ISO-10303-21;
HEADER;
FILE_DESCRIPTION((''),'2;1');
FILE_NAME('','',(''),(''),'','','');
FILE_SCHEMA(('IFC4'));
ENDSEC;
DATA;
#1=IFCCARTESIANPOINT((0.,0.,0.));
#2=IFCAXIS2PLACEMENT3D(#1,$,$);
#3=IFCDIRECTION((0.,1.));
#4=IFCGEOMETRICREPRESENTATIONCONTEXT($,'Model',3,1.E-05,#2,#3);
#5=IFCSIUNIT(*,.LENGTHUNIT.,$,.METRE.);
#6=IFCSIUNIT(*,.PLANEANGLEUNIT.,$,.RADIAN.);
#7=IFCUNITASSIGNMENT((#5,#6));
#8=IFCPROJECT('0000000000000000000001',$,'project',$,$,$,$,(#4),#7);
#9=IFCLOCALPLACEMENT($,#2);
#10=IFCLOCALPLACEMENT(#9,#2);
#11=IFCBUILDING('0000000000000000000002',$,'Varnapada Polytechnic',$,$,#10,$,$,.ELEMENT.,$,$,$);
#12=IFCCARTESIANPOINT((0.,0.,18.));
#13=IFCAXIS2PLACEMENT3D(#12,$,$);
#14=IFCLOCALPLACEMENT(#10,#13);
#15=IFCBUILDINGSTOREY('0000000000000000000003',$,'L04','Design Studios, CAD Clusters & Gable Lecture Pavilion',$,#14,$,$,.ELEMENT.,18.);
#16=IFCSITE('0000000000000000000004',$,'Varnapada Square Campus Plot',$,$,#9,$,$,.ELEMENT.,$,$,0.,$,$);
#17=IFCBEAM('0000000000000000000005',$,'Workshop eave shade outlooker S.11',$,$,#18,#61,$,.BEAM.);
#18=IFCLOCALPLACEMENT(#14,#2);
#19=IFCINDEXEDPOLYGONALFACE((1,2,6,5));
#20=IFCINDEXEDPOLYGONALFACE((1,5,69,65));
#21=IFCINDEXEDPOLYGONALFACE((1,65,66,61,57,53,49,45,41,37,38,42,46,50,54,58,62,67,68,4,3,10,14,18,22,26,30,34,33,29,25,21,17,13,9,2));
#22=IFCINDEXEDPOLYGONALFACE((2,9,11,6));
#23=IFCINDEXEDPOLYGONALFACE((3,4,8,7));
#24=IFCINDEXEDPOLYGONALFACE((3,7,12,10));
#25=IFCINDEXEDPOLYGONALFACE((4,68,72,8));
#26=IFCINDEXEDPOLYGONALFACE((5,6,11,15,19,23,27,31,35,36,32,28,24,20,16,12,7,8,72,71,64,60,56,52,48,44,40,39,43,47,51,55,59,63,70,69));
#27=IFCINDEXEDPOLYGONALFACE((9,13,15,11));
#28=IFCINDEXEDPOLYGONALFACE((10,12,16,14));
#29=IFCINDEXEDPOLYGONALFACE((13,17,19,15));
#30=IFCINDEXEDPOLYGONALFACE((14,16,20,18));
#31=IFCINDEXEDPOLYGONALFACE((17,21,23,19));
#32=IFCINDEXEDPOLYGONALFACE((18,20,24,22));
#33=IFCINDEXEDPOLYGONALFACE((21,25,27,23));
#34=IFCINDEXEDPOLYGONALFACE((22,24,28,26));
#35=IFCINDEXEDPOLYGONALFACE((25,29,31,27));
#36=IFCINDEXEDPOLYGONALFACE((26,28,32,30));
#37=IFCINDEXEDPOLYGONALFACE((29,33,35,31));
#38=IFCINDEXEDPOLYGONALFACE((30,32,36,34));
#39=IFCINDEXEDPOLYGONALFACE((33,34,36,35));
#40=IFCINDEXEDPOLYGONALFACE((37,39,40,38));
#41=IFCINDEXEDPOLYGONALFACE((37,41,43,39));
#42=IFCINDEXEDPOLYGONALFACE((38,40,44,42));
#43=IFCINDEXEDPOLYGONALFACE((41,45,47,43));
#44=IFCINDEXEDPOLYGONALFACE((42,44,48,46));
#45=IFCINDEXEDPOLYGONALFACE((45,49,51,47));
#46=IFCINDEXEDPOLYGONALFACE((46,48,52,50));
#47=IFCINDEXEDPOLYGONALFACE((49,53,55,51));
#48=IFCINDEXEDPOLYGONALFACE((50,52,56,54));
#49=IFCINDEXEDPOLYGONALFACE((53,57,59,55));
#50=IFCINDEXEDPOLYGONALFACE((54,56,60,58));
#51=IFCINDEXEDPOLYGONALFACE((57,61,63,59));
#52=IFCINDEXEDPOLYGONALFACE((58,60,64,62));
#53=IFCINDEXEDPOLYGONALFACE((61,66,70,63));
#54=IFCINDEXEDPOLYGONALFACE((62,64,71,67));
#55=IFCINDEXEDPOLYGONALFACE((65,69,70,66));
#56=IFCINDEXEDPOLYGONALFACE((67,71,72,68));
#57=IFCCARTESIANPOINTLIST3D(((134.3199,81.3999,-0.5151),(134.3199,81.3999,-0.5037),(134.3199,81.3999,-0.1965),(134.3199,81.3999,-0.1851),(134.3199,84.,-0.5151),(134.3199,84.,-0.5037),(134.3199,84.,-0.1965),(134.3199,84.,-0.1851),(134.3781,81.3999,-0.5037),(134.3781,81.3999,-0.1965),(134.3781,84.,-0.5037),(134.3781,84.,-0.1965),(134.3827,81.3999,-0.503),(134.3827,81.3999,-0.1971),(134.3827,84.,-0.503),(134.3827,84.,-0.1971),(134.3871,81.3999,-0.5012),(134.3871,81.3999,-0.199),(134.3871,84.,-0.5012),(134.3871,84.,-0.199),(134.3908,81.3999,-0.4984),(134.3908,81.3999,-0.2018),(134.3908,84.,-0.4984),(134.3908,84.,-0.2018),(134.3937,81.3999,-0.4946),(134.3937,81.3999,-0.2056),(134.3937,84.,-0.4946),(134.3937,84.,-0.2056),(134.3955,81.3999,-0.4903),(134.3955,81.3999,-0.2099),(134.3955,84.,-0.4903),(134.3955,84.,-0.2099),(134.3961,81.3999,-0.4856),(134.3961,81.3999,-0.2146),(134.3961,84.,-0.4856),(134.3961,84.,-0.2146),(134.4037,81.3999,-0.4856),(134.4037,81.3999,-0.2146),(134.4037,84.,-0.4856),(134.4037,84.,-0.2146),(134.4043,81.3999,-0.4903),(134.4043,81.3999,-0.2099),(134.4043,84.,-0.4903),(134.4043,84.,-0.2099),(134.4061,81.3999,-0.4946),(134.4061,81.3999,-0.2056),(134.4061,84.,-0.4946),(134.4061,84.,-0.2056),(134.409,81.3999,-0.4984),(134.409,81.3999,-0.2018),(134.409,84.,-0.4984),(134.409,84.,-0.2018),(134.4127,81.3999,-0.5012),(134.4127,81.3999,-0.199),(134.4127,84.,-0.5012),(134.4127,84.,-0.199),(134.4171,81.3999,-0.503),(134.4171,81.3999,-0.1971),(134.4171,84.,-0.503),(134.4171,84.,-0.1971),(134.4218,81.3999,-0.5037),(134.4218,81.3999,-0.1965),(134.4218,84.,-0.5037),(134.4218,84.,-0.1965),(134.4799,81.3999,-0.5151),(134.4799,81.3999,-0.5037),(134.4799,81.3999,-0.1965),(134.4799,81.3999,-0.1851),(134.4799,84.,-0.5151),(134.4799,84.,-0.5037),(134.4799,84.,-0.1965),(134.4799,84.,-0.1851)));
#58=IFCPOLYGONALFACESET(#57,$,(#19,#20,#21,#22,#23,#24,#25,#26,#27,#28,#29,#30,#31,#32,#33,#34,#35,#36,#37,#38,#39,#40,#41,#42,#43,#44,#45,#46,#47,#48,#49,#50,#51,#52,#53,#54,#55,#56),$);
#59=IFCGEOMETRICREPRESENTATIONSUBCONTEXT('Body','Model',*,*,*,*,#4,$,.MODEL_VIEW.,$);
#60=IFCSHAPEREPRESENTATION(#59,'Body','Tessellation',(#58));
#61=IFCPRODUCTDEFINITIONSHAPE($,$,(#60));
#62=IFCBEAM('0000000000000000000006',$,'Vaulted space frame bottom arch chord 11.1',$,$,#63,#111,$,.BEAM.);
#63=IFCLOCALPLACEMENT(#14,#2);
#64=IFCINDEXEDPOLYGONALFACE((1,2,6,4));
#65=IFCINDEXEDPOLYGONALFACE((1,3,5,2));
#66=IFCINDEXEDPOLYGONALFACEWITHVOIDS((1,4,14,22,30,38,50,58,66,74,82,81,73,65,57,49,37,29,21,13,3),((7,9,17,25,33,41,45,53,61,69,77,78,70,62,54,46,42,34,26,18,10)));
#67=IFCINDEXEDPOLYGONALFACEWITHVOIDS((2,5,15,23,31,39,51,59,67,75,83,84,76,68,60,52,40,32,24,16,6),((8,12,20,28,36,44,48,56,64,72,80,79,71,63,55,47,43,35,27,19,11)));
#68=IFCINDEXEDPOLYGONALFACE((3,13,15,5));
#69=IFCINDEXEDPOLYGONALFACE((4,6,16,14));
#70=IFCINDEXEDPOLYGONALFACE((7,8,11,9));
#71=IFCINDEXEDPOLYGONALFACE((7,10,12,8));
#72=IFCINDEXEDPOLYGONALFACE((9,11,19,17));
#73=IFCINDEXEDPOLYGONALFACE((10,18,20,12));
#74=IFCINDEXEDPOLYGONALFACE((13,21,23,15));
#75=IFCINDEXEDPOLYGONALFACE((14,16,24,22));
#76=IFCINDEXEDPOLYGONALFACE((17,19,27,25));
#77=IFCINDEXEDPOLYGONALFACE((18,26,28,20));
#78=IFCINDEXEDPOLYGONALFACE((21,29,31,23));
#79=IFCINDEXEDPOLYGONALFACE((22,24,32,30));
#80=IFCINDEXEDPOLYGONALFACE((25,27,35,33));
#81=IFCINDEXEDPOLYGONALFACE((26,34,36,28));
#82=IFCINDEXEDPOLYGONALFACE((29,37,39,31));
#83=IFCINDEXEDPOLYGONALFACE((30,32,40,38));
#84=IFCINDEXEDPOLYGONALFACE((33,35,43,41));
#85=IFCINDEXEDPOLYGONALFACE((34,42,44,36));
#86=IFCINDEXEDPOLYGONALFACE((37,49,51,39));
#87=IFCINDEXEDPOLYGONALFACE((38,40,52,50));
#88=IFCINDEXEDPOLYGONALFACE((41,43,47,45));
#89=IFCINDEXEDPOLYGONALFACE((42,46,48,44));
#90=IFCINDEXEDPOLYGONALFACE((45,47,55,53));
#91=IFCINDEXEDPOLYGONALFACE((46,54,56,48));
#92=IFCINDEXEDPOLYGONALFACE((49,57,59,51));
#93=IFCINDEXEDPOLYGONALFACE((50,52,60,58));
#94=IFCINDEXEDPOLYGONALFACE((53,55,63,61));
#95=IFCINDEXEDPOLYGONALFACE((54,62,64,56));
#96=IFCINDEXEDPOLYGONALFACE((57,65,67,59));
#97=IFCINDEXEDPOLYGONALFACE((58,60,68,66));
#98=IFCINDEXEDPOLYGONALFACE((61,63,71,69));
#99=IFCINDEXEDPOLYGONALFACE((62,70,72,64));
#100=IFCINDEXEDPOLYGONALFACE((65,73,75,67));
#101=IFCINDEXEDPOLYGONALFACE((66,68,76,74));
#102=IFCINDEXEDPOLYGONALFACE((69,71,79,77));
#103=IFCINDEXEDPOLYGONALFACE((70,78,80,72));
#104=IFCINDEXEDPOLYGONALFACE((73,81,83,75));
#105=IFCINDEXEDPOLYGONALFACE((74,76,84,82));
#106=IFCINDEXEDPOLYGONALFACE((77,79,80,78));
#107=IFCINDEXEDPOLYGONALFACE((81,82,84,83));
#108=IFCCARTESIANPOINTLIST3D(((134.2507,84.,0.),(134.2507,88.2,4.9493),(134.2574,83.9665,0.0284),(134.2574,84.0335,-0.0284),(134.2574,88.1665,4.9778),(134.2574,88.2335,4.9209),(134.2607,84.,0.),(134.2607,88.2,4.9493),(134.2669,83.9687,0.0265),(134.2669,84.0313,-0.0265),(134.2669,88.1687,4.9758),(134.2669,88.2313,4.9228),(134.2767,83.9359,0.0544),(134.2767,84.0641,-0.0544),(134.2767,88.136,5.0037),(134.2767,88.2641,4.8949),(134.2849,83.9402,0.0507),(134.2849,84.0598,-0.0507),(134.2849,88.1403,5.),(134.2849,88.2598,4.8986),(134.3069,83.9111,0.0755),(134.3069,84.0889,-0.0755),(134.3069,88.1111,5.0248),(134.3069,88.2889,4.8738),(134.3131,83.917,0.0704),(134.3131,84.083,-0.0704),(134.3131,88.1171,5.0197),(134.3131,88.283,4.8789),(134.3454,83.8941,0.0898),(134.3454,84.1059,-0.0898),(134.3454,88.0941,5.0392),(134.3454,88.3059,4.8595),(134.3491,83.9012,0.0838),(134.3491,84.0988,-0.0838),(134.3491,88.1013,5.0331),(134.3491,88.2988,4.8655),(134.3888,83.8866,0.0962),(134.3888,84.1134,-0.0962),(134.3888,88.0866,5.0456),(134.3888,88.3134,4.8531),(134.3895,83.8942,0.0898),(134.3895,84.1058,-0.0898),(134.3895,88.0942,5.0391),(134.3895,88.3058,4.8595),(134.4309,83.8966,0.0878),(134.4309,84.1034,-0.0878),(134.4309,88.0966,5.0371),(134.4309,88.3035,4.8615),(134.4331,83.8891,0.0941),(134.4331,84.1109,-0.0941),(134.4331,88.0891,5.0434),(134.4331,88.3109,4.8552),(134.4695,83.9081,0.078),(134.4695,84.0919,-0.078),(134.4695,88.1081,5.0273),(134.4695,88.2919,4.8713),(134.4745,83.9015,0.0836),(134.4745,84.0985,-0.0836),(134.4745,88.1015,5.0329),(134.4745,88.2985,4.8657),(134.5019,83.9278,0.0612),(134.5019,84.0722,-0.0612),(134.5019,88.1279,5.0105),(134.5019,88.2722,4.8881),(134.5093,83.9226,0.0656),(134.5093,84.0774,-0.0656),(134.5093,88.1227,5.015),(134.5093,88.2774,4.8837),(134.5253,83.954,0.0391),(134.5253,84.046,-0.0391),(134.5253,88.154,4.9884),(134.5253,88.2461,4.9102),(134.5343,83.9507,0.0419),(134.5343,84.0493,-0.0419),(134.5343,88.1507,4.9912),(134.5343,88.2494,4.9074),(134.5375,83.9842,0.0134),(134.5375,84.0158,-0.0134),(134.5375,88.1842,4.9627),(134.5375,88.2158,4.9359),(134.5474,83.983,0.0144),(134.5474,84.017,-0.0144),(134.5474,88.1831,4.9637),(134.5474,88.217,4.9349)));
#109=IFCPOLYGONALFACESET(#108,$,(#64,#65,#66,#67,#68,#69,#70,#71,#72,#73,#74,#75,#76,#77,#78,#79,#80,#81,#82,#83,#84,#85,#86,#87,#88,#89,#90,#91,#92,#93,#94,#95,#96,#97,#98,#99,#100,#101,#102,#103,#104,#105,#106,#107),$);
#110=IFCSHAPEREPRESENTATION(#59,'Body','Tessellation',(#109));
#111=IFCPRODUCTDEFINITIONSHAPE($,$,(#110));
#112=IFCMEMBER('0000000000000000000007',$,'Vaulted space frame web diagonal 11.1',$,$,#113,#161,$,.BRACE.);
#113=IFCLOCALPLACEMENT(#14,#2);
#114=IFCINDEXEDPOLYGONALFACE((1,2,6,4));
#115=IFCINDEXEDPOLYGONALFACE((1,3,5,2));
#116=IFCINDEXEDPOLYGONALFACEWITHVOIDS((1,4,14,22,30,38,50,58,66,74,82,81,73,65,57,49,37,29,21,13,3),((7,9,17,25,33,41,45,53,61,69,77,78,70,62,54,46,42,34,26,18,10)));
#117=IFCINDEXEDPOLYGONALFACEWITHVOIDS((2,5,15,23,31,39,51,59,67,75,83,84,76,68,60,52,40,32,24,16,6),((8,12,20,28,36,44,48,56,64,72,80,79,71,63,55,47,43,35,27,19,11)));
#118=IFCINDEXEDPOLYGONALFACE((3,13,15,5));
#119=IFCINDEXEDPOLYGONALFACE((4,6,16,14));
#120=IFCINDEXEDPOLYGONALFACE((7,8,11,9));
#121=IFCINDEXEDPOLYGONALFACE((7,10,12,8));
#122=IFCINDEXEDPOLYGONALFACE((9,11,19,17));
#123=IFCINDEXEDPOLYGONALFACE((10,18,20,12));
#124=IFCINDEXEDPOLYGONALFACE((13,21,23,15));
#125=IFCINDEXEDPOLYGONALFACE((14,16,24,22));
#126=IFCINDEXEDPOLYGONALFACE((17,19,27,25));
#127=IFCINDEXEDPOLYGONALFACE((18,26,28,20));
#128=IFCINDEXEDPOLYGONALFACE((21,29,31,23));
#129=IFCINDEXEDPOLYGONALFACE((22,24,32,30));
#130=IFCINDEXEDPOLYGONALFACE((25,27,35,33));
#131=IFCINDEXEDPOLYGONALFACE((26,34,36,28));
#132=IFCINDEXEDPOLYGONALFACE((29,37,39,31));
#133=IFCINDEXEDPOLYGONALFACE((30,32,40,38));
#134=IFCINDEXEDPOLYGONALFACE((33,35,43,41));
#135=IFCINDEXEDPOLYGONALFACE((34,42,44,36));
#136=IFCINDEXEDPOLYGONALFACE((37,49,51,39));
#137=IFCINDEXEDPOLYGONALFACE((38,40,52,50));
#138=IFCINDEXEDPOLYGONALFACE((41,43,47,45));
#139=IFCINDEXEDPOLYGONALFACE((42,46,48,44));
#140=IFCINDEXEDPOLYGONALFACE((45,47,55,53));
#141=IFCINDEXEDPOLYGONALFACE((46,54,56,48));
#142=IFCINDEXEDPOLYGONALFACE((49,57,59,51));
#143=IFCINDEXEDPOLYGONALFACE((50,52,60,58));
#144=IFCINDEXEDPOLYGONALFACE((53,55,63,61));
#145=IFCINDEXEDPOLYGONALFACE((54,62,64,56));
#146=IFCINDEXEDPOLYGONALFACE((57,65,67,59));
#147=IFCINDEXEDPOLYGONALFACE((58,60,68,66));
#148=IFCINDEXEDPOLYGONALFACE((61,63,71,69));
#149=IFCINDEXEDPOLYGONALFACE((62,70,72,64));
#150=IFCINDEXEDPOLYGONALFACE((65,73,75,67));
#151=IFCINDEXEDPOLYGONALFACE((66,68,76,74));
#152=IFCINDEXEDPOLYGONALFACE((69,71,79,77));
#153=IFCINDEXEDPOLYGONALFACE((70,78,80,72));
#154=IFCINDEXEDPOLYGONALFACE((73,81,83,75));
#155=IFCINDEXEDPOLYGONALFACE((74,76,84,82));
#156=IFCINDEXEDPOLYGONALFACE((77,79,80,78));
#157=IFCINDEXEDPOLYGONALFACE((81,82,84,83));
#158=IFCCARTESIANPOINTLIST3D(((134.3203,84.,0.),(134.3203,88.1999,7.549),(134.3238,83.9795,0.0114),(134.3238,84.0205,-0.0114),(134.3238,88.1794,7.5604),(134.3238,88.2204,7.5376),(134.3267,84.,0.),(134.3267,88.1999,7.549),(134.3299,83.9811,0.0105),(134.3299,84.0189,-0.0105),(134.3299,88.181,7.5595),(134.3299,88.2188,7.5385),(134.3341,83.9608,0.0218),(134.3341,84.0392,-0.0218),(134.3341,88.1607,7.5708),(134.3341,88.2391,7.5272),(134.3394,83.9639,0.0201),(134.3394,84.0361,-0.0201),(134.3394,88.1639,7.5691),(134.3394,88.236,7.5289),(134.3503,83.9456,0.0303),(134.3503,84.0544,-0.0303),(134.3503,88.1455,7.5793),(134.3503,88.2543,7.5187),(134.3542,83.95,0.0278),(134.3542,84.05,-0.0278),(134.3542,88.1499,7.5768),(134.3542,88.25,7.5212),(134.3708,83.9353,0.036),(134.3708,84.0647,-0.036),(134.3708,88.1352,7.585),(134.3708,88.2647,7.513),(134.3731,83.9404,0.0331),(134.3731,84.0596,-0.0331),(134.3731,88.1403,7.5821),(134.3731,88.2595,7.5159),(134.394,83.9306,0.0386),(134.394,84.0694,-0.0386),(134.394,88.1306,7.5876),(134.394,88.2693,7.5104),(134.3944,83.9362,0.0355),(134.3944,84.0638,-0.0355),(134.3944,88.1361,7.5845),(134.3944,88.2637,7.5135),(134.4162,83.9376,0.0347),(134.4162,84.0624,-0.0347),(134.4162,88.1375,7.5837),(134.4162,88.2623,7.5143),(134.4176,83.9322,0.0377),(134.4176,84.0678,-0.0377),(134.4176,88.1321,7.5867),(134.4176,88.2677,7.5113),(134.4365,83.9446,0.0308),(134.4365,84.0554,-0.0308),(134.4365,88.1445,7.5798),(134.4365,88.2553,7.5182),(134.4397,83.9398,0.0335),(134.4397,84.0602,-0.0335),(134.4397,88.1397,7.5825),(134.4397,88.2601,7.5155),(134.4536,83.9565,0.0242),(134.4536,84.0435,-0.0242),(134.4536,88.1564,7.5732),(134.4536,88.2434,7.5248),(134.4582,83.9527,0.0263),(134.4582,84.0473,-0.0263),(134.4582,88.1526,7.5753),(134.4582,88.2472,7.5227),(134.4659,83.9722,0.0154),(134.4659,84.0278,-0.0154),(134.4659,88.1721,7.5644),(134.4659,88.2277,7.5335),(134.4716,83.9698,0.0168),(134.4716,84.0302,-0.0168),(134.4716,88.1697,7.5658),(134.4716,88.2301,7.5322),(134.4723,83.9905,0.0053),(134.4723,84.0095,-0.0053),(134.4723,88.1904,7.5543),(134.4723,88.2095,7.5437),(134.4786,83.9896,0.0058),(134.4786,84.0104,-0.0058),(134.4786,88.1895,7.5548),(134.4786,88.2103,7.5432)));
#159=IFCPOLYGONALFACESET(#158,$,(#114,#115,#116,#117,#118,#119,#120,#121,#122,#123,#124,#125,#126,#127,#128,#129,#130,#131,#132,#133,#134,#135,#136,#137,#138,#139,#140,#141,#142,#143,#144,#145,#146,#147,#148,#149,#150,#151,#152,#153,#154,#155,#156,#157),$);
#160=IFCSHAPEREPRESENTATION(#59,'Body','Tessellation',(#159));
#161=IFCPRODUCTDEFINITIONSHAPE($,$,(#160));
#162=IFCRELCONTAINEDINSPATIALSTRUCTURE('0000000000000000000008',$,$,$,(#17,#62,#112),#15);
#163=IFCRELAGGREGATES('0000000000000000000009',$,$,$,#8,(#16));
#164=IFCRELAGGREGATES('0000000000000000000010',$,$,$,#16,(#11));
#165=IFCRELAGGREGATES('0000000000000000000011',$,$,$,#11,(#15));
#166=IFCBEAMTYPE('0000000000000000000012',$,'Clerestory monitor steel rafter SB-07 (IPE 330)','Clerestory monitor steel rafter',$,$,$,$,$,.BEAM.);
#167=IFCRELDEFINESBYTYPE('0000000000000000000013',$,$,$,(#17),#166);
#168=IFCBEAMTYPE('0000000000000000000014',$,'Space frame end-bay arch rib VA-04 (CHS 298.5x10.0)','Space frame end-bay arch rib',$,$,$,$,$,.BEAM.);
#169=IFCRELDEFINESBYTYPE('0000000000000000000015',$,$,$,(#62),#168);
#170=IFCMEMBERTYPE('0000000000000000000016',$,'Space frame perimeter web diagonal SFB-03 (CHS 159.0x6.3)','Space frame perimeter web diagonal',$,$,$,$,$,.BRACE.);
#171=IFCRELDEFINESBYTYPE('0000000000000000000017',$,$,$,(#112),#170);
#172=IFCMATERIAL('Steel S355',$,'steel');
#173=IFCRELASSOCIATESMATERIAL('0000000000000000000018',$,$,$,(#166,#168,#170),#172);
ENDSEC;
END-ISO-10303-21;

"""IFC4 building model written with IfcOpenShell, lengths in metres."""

from ifc_helpers import new_model, si_unit, direction, frame, origin, origin_2d, place, context, subcontext, project, spatial, hollow_circle, i_section, extrude, material, material_profile, profile_set, type_object, element, save


model = new_model("IFC4")

# Units and contexts
model_context = context("Model", 3, precision=1e-05, world=origin(), true_north=direction((0.0, 1.0)))
body_context = subcontext(model_context, "Body", "Model", "MODEL_VIEW")
ifc_project = project(units=[si_unit("LENGTHUNIT", "METRE"), si_unit("PLANEANGLEUNIT", "RADIAN")], contexts=[model_context])

# Site, building, storey
site_placement = place(None, origin())
site = spatial("IfcSite", under=ifc_project, at=site_placement, Name="Varnapada Square Campus Plot", CompositionType="ELEMENT", RefElevation=0.0)
building_placement = place(site_placement, origin())
building = spatial("IfcBuilding", under=site, at=building_placement, Name="Varnapada Polytechnic", CompositionType="ELEMENT")
storey_placement = place(building_placement, frame((0.0, 0.0, 18.0)))
storey = spatial("IfcBuildingStorey", under=building, at=storey_placement, Name="L04", Description="Design Studios, CAD Clusters & Gable Lecture Pavilion", CompositionType="ELEMENT", Elevation=18.0)

# Beams
ifc_material_1 = material(Name="Steel S355", Category="steel")
ifc_material_profile_1 = material_profile(ifc_material_1, i_section(OverallWidth=0.1599, OverallDepth=0.3301, WebThickness=0.0076, FlangeThickness=0.0115, FilletRadius=0.0181, at=origin_2d()), Name="IPE 330")
ifc_profile_set_1 = profile_set([ifc_material_profile_1], Name="Steel S355")
beam_type_1 = type_object("IfcBeamType", Name="Clerestory monitor steel rafter SB-07 (IPE 330)", Description="Clerestory monitor steel rafter", PredefinedType="BEAM", material=ifc_profile_set_1)
beam_1_placement = place(storey_placement, frame((134.3999, 84.0, -0.3501), z_axis=(0.0, -1.0, 0.0), x_axis=(1.0, 0.0, 0.0)))
element("IfcBeam", 1, at=beam_1_placement, inside=storey, type_object=beam_type_1, Name="Workshop eave shade outlooker S.11", PredefinedType="BEAM", context=body_context, shape_type="SweptSolid", body=[
    extrude(i_section(OverallWidth=0.1599, OverallDepth=0.3301, WebThickness=0.0076, FlangeThickness=0.0115, FilletRadius=0.0181, at=origin_2d()), origin(), (0.0, 0.0, 1.0), 2.6001),
])
ifc_material_profile_2 = material_profile(ifc_material_1, hollow_circle(Radius=0.1492, WallThickness=0.01, at=origin_2d()), Name="CHS 298.5x10.0")
ifc_profile_set_2 = profile_set([ifc_material_profile_2], Name="Steel S355")
beam_type_2 = type_object("IfcBeamType", Name="Space frame end-bay arch rib VA-04 (CHS 298.5x10.0)", Description="Space frame end-bay arch rib", PredefinedType="BEAM", material=ifc_profile_set_2)
beam_2_placement = place(storey_placement, frame((134.3999, 84.0, 0.0), z_axis=(0.0, 0.647032, 0.762462), x_axis=(-1.0, 0.0, 0.0)))
element("IfcBeam", 2, at=beam_2_placement, inside=storey, type_object=beam_type_2, Name="Vaulted space frame bottom arch chord 11.1", PredefinedType="BEAM", context=body_context, shape_type="SweptSolid", body=[
    extrude(hollow_circle(Radius=0.1492, WallThickness=0.01, at=origin_2d()), origin(), (0.0, 0.0, 1.0), 6.4912),
])

# Member
ifc_material_profile_3 = material_profile(ifc_material_1, hollow_circle(Radius=0.0796, WallThickness=0.0063, at=origin_2d()), Name="CHS 159.0x6.3")
ifc_profile_set_3 = profile_set([ifc_material_profile_3], Name="Steel S355")
member_type = type_object("IfcMemberType", Name="Space frame perimeter web diagonal SFB-03 (CHS 159.0x6.3)", Description="Space frame perimeter web diagonal", PredefinedType="BRACE", material=ifc_profile_set_3)
member_placement = place(storey_placement, frame((134.3999, 84.0, 0.0), z_axis=(0.0, 0.486176, 0.873861), x_axis=(-1.0, 0.0, 0.0)))
element("IfcMember", 3, at=member_placement, inside=storey, type_object=member_type, Name="Vaulted space frame web diagonal 11.1", PredefinedType="BRACE", context=body_context, shape_type="SweptSolid", body=[
    extrude(hollow_circle(Radius=0.0796, WallThickness=0.0063, at=origin_2d()), origin(), (0.0, 0.0, 1.0), 8.6387),
])

save(model, "model.ifc")
